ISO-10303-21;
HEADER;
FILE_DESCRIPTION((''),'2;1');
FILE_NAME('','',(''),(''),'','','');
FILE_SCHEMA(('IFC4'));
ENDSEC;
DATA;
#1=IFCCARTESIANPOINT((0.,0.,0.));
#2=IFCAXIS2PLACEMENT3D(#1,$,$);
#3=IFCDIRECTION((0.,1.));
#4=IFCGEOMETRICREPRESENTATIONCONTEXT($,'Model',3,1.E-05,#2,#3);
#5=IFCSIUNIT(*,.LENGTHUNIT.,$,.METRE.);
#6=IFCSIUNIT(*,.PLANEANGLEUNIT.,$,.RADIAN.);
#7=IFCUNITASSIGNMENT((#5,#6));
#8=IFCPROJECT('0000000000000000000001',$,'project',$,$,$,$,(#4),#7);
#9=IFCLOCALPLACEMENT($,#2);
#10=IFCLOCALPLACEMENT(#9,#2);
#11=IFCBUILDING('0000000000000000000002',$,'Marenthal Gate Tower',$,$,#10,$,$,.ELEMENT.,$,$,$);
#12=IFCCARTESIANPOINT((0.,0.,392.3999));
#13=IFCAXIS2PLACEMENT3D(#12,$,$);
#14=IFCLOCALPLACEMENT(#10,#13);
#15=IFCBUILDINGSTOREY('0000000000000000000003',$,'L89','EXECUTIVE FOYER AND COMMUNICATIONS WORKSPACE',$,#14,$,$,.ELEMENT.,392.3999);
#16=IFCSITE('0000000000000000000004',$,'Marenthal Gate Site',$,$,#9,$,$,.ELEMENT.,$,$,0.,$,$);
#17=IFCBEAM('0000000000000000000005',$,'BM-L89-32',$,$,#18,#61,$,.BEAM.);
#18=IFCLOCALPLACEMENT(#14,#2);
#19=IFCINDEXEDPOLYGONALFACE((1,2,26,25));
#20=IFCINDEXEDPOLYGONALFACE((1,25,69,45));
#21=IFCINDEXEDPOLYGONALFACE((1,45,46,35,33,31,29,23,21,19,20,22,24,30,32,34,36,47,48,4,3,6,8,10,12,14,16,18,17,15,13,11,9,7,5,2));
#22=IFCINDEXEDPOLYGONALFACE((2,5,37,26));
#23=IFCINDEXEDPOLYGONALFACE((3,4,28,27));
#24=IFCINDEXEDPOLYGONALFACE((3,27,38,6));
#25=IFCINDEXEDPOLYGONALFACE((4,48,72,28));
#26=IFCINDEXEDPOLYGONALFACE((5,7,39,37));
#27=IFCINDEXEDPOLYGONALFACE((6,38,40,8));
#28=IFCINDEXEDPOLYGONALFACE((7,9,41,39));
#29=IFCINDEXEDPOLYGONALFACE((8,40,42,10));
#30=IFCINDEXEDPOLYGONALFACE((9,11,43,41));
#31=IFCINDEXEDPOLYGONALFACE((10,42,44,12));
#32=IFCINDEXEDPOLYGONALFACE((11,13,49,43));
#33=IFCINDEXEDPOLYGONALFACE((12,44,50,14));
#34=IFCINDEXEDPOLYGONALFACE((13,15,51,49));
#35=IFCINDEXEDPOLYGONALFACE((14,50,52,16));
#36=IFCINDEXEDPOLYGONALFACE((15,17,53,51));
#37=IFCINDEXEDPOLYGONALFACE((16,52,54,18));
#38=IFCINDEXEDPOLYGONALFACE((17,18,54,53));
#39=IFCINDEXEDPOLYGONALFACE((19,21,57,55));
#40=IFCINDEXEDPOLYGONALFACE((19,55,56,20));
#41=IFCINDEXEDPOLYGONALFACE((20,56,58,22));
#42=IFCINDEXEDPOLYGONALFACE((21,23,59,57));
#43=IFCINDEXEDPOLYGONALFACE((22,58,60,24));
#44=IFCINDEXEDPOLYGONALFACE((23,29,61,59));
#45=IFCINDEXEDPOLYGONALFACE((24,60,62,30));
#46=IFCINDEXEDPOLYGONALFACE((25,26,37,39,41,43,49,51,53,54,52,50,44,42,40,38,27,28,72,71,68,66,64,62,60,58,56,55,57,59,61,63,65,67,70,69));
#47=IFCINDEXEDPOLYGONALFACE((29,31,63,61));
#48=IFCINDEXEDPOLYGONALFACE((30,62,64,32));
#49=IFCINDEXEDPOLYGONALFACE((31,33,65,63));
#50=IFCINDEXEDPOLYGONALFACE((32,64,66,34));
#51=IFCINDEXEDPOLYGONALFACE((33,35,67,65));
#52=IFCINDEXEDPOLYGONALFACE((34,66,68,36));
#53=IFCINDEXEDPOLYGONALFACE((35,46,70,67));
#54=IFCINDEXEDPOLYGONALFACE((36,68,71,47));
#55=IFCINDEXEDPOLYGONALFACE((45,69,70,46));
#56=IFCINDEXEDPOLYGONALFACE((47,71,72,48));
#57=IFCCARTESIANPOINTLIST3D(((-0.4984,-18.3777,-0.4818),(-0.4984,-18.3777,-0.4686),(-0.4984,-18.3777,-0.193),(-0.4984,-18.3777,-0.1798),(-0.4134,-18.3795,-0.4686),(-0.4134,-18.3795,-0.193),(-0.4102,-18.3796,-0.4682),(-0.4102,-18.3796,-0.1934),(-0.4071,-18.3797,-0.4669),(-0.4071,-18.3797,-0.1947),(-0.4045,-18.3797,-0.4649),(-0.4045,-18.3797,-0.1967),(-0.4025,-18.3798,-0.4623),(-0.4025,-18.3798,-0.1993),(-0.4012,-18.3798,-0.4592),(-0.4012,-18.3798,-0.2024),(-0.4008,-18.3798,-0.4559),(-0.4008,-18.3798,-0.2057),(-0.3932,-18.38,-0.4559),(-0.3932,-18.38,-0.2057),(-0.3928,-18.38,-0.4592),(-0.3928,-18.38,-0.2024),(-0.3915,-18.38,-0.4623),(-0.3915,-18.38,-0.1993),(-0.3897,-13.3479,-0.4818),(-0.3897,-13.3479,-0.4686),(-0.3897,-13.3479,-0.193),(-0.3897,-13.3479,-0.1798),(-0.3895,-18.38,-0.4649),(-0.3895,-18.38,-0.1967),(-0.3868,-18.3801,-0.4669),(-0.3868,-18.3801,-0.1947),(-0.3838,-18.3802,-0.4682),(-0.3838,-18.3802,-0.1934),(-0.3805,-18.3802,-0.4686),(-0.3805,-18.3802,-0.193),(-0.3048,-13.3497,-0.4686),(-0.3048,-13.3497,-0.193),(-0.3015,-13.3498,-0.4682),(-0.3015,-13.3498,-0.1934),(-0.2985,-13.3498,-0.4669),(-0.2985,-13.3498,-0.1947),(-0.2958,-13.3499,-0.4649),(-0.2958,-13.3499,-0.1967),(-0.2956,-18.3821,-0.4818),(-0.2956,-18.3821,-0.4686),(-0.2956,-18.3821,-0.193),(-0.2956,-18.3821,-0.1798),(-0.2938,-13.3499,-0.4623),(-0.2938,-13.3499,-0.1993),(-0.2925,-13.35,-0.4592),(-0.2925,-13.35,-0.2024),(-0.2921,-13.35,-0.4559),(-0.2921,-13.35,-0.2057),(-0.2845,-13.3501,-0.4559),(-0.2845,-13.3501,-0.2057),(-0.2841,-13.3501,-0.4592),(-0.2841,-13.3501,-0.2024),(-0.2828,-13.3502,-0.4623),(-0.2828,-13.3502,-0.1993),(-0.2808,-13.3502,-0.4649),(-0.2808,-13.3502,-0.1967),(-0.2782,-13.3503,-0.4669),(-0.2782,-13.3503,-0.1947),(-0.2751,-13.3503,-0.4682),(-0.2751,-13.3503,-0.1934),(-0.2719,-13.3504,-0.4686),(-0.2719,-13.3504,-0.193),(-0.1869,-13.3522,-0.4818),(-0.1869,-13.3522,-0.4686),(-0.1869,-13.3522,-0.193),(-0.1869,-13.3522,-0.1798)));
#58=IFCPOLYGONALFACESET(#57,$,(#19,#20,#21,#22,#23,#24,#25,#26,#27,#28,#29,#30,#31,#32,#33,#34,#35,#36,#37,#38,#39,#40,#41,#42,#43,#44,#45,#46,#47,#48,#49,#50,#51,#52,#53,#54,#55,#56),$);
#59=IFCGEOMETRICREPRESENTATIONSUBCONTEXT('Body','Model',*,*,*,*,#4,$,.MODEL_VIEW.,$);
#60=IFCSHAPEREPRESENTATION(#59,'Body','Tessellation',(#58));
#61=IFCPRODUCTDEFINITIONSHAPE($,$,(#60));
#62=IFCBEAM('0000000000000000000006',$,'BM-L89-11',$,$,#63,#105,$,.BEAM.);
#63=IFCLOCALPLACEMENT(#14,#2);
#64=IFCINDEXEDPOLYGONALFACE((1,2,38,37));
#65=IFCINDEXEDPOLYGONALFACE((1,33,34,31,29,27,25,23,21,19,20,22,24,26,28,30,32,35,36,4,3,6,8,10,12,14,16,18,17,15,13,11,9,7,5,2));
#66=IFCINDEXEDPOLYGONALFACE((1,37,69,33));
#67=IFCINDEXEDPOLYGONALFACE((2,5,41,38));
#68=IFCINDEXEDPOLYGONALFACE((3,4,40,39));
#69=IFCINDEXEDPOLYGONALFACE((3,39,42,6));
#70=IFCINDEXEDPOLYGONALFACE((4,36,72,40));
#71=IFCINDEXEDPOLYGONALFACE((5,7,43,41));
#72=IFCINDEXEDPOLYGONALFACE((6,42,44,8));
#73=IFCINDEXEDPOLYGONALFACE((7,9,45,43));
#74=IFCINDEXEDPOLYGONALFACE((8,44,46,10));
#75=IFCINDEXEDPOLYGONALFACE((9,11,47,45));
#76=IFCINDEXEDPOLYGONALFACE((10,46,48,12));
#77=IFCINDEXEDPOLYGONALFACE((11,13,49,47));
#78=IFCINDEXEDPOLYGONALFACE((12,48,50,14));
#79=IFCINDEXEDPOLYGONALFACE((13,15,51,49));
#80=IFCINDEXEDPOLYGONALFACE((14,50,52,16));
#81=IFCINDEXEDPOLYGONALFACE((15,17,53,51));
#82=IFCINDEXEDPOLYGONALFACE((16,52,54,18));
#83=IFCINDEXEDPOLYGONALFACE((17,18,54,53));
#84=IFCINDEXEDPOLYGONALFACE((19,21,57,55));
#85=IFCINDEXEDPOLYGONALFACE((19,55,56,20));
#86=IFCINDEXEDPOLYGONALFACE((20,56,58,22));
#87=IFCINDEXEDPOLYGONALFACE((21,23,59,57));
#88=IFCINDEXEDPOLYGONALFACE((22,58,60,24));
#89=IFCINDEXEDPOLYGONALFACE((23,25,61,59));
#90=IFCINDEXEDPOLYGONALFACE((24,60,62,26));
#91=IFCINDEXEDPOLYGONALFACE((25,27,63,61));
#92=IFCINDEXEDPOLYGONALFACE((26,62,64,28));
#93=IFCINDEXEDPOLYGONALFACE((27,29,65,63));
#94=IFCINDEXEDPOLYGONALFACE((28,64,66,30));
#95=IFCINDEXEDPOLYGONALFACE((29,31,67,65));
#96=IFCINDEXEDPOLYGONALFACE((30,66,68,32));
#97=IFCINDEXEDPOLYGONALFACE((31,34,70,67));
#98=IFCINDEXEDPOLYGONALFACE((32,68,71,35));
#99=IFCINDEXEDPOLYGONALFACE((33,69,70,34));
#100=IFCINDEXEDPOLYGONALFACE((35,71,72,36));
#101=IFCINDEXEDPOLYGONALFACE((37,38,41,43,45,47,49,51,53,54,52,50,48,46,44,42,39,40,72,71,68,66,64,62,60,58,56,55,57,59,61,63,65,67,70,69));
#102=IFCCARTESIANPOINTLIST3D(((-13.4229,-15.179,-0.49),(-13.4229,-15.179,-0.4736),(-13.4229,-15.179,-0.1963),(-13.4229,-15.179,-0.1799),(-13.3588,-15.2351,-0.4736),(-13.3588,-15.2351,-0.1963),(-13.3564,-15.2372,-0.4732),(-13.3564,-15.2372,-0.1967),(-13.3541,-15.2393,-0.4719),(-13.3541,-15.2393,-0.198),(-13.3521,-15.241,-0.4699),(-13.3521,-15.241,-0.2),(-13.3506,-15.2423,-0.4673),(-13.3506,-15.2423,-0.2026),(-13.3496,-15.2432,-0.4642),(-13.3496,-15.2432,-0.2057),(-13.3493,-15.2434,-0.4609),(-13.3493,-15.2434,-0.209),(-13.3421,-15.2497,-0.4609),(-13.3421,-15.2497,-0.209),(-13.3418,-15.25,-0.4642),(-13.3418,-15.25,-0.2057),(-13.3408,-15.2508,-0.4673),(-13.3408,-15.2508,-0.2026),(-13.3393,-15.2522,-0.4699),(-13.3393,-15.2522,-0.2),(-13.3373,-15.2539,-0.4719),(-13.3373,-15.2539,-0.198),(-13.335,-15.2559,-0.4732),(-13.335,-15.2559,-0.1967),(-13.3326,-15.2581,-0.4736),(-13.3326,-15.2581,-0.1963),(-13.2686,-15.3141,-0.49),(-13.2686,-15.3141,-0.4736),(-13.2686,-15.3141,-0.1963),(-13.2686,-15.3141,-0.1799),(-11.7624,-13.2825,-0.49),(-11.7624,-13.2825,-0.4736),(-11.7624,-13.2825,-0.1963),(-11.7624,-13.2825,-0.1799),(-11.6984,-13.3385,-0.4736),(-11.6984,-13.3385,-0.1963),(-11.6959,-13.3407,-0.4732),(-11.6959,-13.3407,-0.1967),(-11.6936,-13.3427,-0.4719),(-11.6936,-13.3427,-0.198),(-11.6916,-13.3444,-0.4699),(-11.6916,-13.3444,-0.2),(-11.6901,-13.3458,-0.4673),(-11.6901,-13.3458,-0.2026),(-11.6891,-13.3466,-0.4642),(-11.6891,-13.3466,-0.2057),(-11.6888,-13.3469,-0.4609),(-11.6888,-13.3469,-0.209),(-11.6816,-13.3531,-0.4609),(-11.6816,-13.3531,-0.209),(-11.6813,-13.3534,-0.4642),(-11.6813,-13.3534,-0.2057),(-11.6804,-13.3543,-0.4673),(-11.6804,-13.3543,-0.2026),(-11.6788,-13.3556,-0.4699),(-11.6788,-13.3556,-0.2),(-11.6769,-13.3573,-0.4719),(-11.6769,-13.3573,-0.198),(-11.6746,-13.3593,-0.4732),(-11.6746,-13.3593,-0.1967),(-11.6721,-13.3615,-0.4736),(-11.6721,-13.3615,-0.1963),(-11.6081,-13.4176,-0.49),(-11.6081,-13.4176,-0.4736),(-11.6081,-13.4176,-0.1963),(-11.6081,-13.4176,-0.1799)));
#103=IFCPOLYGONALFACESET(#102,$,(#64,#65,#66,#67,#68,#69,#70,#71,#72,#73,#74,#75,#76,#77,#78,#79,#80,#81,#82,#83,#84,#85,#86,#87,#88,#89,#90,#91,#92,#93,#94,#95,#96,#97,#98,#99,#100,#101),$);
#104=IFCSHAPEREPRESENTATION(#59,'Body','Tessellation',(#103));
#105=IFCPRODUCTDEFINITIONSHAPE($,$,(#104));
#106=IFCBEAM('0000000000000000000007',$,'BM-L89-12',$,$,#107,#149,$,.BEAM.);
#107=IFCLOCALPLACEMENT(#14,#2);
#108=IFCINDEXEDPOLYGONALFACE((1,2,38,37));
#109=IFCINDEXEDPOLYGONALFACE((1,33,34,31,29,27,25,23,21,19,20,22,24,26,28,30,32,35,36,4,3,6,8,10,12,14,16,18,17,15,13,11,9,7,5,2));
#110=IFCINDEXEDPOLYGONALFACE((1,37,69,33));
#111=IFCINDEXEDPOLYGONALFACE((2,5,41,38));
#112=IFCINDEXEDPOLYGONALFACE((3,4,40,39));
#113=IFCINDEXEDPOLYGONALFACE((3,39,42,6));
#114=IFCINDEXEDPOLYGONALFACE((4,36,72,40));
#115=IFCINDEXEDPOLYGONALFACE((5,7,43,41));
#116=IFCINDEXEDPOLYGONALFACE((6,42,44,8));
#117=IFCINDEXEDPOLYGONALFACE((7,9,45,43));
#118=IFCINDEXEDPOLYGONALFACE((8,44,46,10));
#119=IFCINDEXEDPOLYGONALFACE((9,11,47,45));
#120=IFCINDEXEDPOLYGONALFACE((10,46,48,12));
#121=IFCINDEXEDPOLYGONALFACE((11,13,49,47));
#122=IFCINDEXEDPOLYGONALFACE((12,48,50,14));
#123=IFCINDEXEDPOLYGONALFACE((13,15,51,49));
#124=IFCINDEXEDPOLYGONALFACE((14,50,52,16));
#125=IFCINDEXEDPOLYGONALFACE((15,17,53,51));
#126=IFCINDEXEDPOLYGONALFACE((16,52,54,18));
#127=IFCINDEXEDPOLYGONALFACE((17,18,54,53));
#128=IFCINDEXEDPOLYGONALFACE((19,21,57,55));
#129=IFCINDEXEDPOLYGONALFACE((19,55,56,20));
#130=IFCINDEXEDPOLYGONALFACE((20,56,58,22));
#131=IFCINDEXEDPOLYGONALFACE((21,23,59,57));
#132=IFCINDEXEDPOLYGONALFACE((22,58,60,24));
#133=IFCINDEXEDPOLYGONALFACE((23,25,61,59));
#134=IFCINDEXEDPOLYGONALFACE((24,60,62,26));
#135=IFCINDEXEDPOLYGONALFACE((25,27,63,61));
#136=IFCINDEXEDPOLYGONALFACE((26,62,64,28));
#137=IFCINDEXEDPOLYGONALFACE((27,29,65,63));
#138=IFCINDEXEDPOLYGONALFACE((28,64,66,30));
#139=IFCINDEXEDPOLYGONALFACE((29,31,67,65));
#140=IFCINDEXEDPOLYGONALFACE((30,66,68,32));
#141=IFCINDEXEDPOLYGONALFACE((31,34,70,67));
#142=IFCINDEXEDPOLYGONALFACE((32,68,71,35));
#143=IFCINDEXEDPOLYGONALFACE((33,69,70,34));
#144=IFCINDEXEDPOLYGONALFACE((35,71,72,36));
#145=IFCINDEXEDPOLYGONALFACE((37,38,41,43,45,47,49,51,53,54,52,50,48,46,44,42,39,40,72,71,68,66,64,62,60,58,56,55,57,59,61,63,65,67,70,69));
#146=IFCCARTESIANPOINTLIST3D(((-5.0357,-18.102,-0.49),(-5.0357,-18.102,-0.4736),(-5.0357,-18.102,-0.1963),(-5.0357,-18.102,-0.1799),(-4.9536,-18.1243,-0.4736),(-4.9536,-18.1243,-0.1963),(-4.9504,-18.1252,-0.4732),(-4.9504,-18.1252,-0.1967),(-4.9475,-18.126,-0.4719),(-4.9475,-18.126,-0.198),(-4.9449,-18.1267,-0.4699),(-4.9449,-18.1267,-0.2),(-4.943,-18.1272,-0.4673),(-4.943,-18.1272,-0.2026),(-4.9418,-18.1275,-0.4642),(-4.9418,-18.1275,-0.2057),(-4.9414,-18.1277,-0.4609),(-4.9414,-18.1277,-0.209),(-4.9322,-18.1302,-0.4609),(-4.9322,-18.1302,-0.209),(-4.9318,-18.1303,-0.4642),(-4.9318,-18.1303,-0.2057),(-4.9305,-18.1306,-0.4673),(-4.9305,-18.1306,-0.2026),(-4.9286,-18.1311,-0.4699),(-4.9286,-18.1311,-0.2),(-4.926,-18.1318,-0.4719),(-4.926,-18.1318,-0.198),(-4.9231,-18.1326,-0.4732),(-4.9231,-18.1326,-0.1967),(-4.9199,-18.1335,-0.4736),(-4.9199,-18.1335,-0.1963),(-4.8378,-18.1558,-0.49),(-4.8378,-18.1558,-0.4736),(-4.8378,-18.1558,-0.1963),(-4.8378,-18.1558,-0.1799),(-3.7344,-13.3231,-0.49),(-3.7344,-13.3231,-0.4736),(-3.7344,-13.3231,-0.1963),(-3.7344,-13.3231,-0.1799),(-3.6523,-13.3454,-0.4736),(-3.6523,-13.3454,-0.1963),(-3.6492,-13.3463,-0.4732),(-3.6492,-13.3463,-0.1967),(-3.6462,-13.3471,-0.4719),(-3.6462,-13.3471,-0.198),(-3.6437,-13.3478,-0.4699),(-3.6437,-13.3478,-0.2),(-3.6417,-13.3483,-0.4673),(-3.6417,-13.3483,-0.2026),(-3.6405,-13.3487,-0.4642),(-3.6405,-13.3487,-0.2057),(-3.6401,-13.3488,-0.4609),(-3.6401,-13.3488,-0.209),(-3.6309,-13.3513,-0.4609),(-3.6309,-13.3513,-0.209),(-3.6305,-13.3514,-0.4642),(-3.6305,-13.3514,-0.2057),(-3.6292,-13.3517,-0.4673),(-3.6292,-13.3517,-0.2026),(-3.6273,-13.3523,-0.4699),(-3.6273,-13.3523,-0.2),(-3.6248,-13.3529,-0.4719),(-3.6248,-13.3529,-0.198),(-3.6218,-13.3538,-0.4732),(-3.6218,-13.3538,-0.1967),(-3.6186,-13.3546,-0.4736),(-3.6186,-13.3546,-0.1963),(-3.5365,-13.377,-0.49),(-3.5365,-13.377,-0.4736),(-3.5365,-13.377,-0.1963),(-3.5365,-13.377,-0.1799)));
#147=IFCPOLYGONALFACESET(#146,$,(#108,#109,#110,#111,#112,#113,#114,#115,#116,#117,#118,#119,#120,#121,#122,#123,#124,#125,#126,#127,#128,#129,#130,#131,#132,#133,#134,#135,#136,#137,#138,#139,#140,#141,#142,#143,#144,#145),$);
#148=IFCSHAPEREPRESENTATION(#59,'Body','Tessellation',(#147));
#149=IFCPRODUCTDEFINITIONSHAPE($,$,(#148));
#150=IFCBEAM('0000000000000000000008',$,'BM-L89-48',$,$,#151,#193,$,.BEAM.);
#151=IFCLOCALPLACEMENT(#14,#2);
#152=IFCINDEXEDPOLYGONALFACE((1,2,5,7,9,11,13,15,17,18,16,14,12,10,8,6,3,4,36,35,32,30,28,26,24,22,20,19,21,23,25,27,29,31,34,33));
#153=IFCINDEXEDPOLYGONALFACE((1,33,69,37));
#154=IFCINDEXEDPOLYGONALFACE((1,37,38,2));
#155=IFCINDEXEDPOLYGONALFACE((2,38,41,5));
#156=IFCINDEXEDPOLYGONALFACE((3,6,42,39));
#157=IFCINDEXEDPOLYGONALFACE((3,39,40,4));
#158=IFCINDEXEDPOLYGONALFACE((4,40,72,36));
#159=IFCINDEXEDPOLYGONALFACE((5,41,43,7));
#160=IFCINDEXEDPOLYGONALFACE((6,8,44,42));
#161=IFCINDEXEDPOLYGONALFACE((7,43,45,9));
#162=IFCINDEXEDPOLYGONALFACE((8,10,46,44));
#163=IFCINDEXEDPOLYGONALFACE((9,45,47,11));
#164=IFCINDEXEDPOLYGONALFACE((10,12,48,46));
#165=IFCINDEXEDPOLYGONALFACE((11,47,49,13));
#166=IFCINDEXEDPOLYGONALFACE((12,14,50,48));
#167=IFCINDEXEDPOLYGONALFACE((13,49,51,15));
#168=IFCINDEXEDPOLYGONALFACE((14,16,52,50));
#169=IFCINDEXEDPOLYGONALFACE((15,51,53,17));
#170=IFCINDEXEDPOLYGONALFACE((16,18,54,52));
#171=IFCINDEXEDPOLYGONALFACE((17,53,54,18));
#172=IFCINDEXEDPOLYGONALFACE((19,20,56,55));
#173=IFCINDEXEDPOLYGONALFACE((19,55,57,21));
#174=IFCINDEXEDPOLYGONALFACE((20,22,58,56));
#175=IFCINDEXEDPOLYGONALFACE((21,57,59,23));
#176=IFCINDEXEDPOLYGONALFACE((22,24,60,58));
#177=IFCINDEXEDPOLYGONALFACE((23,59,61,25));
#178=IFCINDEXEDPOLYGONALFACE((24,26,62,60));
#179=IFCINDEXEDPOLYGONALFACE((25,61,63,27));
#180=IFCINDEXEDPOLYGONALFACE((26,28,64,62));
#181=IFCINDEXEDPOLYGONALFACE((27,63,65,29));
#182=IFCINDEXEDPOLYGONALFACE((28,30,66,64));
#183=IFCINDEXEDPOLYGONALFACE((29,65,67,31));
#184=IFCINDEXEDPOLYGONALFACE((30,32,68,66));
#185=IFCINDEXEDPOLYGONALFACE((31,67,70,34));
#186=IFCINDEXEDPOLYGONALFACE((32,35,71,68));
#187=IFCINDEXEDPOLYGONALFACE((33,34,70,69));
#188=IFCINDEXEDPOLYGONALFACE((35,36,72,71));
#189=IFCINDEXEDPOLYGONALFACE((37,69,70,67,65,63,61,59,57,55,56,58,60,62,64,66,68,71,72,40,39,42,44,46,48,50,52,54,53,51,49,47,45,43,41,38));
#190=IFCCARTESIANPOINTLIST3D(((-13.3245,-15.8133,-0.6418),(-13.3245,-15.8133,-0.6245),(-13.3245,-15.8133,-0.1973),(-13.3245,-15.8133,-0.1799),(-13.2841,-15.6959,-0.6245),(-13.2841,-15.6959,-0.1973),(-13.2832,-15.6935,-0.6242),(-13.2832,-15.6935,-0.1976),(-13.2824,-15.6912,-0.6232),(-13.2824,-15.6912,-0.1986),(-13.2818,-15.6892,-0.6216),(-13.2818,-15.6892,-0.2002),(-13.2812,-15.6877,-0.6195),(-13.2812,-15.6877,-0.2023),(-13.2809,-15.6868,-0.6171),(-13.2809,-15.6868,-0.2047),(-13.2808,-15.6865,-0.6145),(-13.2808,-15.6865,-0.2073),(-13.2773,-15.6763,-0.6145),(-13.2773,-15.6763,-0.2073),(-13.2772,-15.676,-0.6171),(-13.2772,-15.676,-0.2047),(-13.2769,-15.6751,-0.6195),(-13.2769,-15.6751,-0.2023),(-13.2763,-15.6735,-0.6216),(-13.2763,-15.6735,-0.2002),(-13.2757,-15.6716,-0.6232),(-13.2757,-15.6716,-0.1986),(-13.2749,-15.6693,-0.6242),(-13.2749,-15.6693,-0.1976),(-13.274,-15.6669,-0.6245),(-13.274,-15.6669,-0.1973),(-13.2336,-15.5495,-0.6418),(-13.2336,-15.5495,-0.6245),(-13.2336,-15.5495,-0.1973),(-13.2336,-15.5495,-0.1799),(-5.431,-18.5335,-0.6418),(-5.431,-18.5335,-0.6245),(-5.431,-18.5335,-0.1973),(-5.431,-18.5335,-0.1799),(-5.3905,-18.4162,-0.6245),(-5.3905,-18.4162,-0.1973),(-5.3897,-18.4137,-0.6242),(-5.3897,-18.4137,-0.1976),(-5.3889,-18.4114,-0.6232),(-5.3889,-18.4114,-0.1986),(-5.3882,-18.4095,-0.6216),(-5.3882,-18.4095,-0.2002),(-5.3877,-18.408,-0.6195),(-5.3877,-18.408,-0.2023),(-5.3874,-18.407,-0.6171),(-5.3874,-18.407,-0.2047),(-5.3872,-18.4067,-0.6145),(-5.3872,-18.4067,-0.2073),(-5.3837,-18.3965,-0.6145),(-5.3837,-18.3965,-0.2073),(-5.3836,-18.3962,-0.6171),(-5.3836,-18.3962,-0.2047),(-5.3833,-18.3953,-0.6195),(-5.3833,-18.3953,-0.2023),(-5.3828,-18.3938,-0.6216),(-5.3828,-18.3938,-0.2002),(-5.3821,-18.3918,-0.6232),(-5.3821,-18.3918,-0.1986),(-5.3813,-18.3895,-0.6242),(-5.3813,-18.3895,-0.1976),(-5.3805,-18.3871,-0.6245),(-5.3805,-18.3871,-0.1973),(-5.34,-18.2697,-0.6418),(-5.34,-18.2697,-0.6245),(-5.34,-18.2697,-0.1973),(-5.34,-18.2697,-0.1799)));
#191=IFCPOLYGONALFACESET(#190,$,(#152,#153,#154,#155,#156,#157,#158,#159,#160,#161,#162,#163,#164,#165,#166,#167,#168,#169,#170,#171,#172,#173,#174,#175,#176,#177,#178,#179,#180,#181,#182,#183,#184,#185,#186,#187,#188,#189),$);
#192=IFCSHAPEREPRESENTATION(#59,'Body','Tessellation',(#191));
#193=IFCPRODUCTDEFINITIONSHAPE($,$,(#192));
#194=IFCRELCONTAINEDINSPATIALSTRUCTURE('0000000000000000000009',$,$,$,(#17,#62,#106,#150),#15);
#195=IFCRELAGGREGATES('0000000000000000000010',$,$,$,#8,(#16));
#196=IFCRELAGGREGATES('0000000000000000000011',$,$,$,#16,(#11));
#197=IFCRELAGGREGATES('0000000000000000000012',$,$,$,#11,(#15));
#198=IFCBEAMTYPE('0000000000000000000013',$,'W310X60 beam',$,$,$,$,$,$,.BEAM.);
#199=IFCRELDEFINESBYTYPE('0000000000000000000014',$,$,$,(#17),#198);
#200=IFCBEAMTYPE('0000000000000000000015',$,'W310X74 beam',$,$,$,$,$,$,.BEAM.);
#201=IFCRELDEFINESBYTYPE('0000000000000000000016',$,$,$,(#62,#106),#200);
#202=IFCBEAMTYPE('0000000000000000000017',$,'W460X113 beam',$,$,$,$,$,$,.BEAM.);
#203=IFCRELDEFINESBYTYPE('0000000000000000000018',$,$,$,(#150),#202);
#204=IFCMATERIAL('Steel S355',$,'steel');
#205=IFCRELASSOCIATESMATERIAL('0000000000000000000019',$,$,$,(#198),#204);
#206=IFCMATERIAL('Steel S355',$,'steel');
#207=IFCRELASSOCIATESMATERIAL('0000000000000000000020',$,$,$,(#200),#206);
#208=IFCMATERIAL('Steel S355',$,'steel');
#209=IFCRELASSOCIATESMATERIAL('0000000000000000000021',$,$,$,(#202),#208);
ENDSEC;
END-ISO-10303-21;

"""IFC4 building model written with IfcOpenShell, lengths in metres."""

from ifc_helpers import new_model, si_unit, direction, frame, origin, origin_2d, place, context, subcontext, project, spatial, i_section, extrude, material, material_profile, profile_set, type_object, element, save


model = new_model("IFC4")

# Units and contexts
model_context = context("Model", 3, precision=1e-05, world=origin(), true_north=direction((0.0, 1.0)))
body_context = subcontext(model_context, "Body", "Model", "MODEL_VIEW")
ifc_project = project(units=[si_unit("LENGTHUNIT", "METRE"), si_unit("PLANEANGLEUNIT", "RADIAN")], contexts=[model_context])

# Site, building, storey
site_placement = place(None, origin())
site = spatial("IfcSite", under=ifc_project, at=site_placement, Name="Marenthal Gate Site", CompositionType="ELEMENT", RefElevation=0.0)
building_placement = place(site_placement, origin())
building = spatial("IfcBuilding", under=site, at=building_placement, Name="Marenthal Gate Tower", CompositionType="ELEMENT")
storey_placement = place(building_placement, frame((0.0, 0.0, 392.3999)))
storey = spatial("IfcBuildingStorey", under=building, at=storey_placement, Name="L89", Description="EXECUTIVE FOYER AND COMMUNICATIONS WORKSPACE", CompositionType="ELEMENT", Elevation=392.3999)

# Beams
ifc_material_1 = material(Name="Steel S355", Category="steel")
ifc_material_profile_1 = material_profile(ifc_material_1, i_section(OverallWidth=0.2029, OverallDepth=0.302, WebThickness=0.0076, FlangeThickness=0.0132, FilletRadius=0.0127, at=origin_2d()), Name="W310X60")
ifc_profile_set_1 = profile_set([ifc_material_profile_1], Name="Steel S355")
beam_type_1 = type_object("IfcBeamType", Name="W310X60 beam", PredefinedType="BEAM", material=ifc_profile_set_1)
beam_1_placement = place(storey_placement, frame((-0.397, -18.3799, -0.3308), z_axis=(0.021595, 0.999767, 0.0), x_axis=(-0.999767, 0.021595, 0.0)))
element("IfcBeam", 1, at=beam_1_placement, inside=storey, type_object=beam_type_1, Name="BM-L89-32", PredefinedType="BEAM", context=body_context, shape_type="SweptSolid", body=[
    extrude(i_section(OverallWidth=0.2029, OverallDepth=0.302, WebThickness=0.0076, FlangeThickness=0.0132, FilletRadius=0.0127, at=origin_2d()), origin(), (0.0, 0.0, 1.0), 5.031),
])
ifc_material_2 = material(Name="Steel S355", Category="steel")
ifc_material_profile_2 = material_profile(ifc_material_2, i_section(OverallWidth=0.2051, OverallDepth=0.3101, WebThickness=0.0095, FlangeThickness=0.0164, FilletRadius=0.0127, at=origin_2d()), Name="W310X74")
ifc_profile_set_2 = profile_set([ifc_material_profile_2], Name="Steel S355")
beam_type_2 = type_object("IfcBeamType", Name="W310X74 beam", PredefinedType="BEAM", material=ifc_profile_set_2)
beam_2_placement = place(storey_placement, frame((-13.3457, -15.2466, -0.335), z_axis=(0.658724, 0.752385, 0.0), x_axis=(-0.752385, 0.658724, 0.0)))
element("IfcBeam", 2, at=beam_2_placement, inside=storey, type_object=beam_type_2, Name="BM-L89-11", PredefinedType="BEAM", context=body_context, shape_type="SweptSolid", body=[
    extrude(i_section(OverallWidth=0.2051, OverallDepth=0.3101, WebThickness=0.0095, FlangeThickness=0.0164, FilletRadius=0.0127, at=origin_2d()), origin(), (0.0, 0.0, 1.0), 2.5208),
])
beam_3_placement = place(storey_placement, frame((-4.9368, -18.1289, -0.335), z_axis=(0.262734, 0.964868, 0.0), x_axis=(-0.964868, 0.262734, 0.0)))
element("IfcBeam", 3, at=beam_3_placement, inside=storey, type_object=beam_type_2, Name="BM-L89-12", PredefinedType="BEAM", context=body_context, shape_type="SweptSolid", body=[
    extrude(i_section(OverallWidth=0.2051, OverallDepth=0.3101, WebThickness=0.0095, FlangeThickness=0.0164, FilletRadius=0.0127, at=origin_2d()), origin(), (0.0, 0.0, 1.0), 4.9529),
])
ifc_material_3 = material(Name="Steel S355", Category="steel")
ifc_material_profile_3 = material_profile(ifc_material_3, i_section(OverallWidth=0.2791, OverallDepth=0.4619, WebThickness=0.0107, FlangeThickness=0.0173, FilletRadius=0.01, at=origin_2d()), Name="W460X113")
ifc_profile_set_3 = profile_set([ifc_material_profile_3], Name="Steel S355")
beam_type_3 = type_object("IfcBeamType", Name="W460X113 beam", PredefinedType="BEAM", material=ifc_profile_set_3)
beam_4_placement = place(storey_placement, frame((-13.2791, -15.6814, -0.4109), z_axis=(0.945436, -0.325809, 0.0), x_axis=(0.325809, 0.945436, 0.0)))
element("IfcBeam", 4, at=beam_4_placement, inside=storey, type_object=beam_type_3, Name="BM-L89-48", PredefinedType="BEAM", context=body_context, shape_type="SweptSolid", body=[
    extrude(i_section(OverallWidth=0.2791, OverallDepth=0.4619, WebThickness=0.0107, FlangeThickness=0.0173, FilletRadius=0.01, at=origin_2d()), origin(), (0.0, 0.0, 1.0), 8.3491),
])

save(model, "model.ifc")
